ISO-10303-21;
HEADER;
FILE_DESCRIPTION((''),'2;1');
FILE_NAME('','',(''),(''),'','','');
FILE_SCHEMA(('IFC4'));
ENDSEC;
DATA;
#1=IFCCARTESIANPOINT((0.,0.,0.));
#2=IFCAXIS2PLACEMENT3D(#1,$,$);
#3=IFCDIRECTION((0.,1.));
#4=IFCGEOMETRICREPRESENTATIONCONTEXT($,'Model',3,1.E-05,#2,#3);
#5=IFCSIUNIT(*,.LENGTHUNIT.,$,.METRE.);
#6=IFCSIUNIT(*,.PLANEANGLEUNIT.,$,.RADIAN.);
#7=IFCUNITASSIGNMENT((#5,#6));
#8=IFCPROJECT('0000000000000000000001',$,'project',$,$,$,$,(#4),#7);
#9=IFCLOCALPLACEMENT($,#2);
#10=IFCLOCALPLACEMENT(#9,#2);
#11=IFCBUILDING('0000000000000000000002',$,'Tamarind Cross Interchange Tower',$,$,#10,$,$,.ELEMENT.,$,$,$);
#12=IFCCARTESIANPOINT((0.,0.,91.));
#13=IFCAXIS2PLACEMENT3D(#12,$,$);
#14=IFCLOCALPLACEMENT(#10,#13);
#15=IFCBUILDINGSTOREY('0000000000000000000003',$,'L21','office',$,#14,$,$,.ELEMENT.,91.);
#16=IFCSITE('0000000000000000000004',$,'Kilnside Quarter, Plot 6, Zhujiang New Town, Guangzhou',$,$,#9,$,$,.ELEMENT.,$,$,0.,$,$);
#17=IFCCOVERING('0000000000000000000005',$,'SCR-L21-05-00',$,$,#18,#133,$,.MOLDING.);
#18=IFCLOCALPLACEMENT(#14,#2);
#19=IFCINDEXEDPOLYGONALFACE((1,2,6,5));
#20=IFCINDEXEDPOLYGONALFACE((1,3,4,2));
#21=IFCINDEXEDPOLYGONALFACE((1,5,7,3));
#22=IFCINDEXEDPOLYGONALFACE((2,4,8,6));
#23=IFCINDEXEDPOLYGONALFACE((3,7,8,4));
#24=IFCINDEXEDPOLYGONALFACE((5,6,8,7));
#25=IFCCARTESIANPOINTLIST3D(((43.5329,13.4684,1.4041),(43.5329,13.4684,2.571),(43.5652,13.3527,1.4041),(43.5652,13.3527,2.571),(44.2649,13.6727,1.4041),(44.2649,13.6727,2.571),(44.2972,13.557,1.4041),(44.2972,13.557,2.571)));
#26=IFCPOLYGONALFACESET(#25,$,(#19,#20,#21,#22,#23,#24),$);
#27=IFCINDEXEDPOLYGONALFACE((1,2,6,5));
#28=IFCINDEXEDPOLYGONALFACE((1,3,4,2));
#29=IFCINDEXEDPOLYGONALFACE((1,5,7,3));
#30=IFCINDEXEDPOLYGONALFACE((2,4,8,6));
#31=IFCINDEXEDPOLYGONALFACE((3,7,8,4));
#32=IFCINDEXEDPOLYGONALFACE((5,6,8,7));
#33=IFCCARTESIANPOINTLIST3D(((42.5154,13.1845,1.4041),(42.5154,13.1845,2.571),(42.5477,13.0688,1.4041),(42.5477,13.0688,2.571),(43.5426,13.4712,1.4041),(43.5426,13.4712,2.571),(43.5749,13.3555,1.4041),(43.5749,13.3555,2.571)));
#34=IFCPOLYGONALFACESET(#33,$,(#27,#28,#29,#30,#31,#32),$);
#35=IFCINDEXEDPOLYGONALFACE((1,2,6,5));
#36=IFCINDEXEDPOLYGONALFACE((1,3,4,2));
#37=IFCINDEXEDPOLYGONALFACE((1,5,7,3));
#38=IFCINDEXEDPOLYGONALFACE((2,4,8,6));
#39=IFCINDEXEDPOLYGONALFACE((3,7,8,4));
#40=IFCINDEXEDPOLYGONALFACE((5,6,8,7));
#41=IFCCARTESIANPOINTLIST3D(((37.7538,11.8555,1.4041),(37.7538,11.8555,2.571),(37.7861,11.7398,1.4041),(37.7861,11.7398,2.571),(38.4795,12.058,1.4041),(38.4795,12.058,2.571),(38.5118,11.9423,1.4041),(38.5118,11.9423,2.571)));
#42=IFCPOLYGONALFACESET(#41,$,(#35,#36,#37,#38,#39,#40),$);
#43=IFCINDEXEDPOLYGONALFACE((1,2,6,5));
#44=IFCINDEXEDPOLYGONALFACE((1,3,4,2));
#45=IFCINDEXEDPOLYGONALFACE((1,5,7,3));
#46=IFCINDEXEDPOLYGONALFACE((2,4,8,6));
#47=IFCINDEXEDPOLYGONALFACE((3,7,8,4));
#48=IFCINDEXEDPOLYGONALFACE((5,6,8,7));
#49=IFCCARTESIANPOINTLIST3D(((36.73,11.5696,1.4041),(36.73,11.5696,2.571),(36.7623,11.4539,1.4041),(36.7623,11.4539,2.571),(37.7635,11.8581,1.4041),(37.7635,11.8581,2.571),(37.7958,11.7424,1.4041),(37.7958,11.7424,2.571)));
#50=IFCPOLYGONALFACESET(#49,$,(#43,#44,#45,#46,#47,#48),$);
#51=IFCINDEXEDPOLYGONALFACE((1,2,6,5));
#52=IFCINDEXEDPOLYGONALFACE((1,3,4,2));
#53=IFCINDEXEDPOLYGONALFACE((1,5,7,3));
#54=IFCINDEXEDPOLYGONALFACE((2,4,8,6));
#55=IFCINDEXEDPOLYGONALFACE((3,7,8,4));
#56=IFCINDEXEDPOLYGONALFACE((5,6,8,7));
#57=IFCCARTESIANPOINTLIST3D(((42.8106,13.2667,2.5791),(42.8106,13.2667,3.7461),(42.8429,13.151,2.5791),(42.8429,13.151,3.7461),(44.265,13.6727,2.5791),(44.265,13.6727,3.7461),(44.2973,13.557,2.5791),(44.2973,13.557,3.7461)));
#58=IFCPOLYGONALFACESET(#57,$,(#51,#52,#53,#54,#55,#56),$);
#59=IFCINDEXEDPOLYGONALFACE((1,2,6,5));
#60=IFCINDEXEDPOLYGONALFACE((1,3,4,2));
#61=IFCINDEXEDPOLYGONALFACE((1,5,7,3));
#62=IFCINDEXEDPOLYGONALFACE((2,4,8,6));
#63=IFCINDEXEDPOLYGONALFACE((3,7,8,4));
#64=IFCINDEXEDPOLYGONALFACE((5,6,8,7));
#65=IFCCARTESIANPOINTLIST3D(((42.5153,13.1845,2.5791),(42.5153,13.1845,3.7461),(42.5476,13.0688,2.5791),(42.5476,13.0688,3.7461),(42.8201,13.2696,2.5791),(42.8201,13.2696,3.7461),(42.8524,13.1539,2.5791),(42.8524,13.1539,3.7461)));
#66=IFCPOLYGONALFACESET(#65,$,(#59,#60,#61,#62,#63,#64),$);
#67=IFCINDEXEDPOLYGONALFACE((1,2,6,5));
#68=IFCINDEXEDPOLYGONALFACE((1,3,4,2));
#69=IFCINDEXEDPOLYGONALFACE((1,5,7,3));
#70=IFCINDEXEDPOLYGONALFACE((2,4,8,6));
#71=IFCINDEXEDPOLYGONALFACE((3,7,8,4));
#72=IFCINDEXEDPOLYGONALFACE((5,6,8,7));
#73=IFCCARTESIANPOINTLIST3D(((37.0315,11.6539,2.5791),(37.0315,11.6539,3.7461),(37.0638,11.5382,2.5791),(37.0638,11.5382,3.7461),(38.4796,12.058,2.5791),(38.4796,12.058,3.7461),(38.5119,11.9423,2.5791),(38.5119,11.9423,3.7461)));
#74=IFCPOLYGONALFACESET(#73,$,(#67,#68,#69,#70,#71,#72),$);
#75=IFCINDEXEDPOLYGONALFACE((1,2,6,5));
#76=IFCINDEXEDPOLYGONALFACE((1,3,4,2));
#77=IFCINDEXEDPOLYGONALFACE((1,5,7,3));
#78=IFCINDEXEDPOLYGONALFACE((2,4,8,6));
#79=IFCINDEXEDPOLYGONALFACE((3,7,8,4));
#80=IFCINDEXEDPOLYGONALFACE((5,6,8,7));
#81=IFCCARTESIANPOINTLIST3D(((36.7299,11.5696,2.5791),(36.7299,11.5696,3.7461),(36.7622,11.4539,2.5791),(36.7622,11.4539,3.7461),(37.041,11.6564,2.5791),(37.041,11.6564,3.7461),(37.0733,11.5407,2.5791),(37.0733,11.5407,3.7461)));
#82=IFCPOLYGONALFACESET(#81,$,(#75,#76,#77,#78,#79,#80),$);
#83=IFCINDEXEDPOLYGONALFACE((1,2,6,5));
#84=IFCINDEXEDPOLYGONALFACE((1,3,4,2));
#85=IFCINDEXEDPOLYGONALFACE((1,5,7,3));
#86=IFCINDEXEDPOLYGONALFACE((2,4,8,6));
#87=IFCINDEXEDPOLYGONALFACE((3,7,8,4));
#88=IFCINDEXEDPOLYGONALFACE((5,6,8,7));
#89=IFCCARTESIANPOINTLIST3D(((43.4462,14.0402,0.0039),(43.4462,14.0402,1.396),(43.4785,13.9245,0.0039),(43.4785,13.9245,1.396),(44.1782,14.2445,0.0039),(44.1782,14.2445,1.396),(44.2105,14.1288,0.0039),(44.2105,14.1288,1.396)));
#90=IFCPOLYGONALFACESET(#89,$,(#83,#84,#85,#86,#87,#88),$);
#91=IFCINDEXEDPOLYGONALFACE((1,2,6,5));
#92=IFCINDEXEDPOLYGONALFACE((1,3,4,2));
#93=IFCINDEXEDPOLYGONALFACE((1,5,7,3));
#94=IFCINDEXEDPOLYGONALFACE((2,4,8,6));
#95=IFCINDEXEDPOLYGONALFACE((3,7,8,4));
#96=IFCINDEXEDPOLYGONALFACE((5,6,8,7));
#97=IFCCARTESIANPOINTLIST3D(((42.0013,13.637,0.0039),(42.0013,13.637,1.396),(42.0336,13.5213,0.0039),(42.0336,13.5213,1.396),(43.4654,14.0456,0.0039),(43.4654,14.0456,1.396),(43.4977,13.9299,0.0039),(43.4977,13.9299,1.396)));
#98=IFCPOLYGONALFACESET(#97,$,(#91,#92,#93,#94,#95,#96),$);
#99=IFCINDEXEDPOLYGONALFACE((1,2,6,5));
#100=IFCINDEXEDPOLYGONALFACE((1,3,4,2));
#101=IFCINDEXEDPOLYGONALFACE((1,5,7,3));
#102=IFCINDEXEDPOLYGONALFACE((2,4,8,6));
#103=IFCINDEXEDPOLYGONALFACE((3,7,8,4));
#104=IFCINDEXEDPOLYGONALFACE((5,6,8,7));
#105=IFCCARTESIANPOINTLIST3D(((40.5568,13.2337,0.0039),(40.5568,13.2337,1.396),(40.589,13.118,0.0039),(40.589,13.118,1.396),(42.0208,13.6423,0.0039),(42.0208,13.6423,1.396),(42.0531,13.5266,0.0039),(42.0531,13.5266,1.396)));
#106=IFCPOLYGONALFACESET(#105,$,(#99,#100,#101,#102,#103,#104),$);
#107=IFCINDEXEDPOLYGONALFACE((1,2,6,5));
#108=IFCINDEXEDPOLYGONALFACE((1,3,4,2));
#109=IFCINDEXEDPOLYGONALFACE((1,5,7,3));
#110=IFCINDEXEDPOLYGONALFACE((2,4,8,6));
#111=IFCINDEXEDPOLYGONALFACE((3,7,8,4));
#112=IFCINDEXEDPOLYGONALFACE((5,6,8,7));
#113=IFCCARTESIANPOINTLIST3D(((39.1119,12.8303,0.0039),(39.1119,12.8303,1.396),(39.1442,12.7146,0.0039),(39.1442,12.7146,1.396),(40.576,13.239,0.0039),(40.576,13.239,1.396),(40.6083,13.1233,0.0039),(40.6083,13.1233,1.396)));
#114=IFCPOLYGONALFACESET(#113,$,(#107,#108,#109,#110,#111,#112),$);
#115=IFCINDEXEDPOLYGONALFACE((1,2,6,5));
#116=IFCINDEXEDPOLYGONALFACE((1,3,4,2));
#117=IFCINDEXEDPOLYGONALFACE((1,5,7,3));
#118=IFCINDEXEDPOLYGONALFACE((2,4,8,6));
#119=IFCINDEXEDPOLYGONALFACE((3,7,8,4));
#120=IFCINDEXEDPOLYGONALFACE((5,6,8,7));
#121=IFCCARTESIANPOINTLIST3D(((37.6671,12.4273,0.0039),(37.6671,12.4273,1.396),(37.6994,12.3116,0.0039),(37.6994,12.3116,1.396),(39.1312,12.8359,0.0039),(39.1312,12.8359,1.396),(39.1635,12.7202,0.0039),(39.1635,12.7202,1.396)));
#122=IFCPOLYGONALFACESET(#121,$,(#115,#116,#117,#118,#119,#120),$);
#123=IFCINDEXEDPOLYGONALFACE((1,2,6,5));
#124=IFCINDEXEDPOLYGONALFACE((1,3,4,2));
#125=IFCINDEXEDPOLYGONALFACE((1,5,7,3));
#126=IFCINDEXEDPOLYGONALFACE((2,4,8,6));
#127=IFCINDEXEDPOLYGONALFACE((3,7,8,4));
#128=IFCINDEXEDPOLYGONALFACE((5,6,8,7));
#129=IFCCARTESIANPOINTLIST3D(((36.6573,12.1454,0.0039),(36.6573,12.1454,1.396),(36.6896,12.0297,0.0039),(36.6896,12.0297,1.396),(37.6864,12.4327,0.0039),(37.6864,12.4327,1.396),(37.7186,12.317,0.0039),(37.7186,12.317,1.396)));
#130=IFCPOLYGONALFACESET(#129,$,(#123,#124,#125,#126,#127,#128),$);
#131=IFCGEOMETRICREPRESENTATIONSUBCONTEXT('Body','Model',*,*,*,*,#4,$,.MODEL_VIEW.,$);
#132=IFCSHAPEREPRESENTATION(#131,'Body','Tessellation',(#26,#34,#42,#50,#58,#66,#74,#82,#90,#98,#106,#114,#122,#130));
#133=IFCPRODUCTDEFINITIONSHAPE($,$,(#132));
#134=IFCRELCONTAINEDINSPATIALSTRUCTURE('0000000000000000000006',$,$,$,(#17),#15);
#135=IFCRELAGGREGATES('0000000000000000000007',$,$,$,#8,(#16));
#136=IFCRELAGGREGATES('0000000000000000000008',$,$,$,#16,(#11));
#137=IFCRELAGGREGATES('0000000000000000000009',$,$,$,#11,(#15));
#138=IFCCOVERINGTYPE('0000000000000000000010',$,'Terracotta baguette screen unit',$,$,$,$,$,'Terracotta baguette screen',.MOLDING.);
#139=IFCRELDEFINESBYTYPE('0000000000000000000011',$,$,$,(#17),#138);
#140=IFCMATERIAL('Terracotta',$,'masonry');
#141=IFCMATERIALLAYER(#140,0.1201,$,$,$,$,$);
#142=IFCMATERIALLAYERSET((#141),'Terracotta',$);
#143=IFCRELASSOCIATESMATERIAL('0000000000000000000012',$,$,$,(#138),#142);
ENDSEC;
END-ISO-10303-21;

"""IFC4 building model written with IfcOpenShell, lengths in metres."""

from ifc_helpers import new_model, si_unit, direction, frame, origin, origin_2d, place, context, subcontext, project, spatial, rectangle, extrude, material, layer, layer_set, type_object, element, save


model = new_model("IFC4")

# Units and contexts
model_context = context("Model", 3, precision=1e-05, world=origin(), true_north=direction((0.0, 1.0)))
body_context = subcontext(model_context, "Body", "Model", "MODEL_VIEW")
ifc_project = project(units=[si_unit("LENGTHUNIT", "METRE"), si_unit("PLANEANGLEUNIT", "RADIAN")], contexts=[model_context])

# Site, building, storey
site_placement = place(None, origin())
site = spatial("IfcSite", under=ifc_project, at=site_placement, Name="Kilnside Quarter, Plot 6, Zhujiang New Town, Guangzhou", CompositionType="ELEMENT", RefElevation=0.0)
building_placement = place(site_placement, origin())
building = spatial("IfcBuilding", under=site, at=building_placement, Name="Tamarind Cross Interchange Tower", CompositionType="ELEMENT")
storey_placement = place(building_placement, frame((0.0, 0.0, 91.0)))
storey = spatial("IfcBuildingStorey", under=building, at=storey_placement, Name="L21", Description="office", CompositionType="ELEMENT", Elevation=91.0)

# Covering
ifc_material_1 = material(Name="Terracotta", Category="masonry")
ifc_layer_1 = layer(ifc_material_1, 0.1201)
ifc_layer_set_1 = layer_set([ifc_layer_1], Name="Terracotta")
covering_type = type_object("IfcCoveringType", Name="Terracotta baguette screen unit", ElementType="Terracotta baguette screen", PredefinedType="MOLDING", material=ifc_layer_set_1)
covering_1_placement = place(storey_placement, origin())
element("IfcCovering", 1, at=covering_1_placement, inside=storey, type_object=covering_type, Name="SCR-L21-05-00", PredefinedType="MOLDING", context=body_context, shape_type="SweptSolid", body=[
    extrude(rectangle(XDim=0.76, YDim=0.1201, at=origin_2d()), frame((43.915, 13.5127, 1.4041), z_axis=(0.0, 0.0, 1.0), x_axis=(-0.963187, -0.268831, 0.0)), (0.0, 0.0, 1.0), 1.167),
    extrude(rectangle(XDim=1.0664, YDim=0.1201, at=origin_2d()), frame((43.0452, 13.27, 1.4041), z_axis=(0.0, 0.0, 1.0), x_axis=(-0.963187, -0.268831, 0.0)), (0.0, 0.0, 1.0), 1.167),
    extrude(rectangle(XDim=0.7534, YDim=0.1201, at=origin_2d()), frame((38.1328, 11.8989, 1.4041), z_axis=(0.0, 0.0, 1.0), x_axis=(-0.963187, -0.268831, 0.0)), (0.0, 0.0, 1.0), 1.167),
    extrude(rectangle(XDim=1.073, YDim=0.1201, at=origin_2d()), frame((37.2629, 11.656, 1.4041), z_axis=(0.0, 0.0, 1.0), x_axis=(-0.963187, -0.268831, 0.0)), (0.0, 0.0, 1.0), 1.167),
    extrude(rectangle(XDim=1.51, YDim=0.1201, at=origin_2d()), frame((43.554, 13.4119, 2.5791), z_axis=(0.0, 0.0, 1.0), x_axis=(-0.963187, -0.268831, 0.0)), (0.0, 0.0, 1.0), 1.167),
    extrude(rectangle(XDim=0.3164, YDim=0.1201, at=origin_2d()), frame((42.6838, 13.1692, 2.5791), z_axis=(0.0, 0.0, 1.0), x_axis=(-0.963187, -0.268831, 0.0)), (0.0, 0.0, 1.0), 1.167),
    extrude(rectangle(XDim=1.5034, YDim=0.1201, at=origin_2d()), frame((37.7717, 11.7981, 2.5791), z_axis=(0.0, 0.0, 1.0), x_axis=(-0.963187, -0.268831, 0.0)), (0.0, 0.0, 1.0), 1.167),
    extrude(rectangle(XDim=0.323, YDim=0.1201, at=origin_2d()), frame((36.9016, 11.5552, 2.5791), z_axis=(0.0, 0.0, 1.0), x_axis=(-0.963187, -0.268831, 0.0)), (0.0, 0.0, 1.0), 1.167),
    extrude(rectangle(XDim=0.76, YDim=0.1201, at=origin_2d()), frame((43.8284, 14.0845, 0.0039), z_axis=(0.0, 0.0, 1.0), x_axis=(-0.963187, -0.268831, 0.0)), (0.0, 0.0, 1.0), 1.3921),
    extrude(rectangle(XDim=1.52, YDim=0.1201, at=origin_2d()), frame((42.7495, 13.7834, 0.0039), z_axis=(0.0, 0.0, 1.0), x_axis=(-0.963187, -0.268831, 0.0)), (0.0, 0.0, 1.0), 1.3921),
    extrude(rectangle(XDim=1.52, YDim=0.1201, at=origin_2d()), frame((41.3049, 13.3801, 0.0039), z_axis=(0.0, 0.0, 1.0), x_axis=(-0.963187, -0.268831, 0.0)), (0.0, 0.0, 1.0), 1.3921),
    extrude(rectangle(XDim=1.52, YDim=0.1201, at=origin_2d()), frame((39.8601, 12.9768, 0.0039), z_axis=(0.0, 0.0, 1.0), x_axis=(-0.963187, -0.268831, 0.0)), (0.0, 0.0, 1.0), 1.3921),
    extrude(rectangle(XDim=1.52, YDim=0.1201, at=origin_2d()), frame((38.4153, 12.5737, 0.0039), z_axis=(0.0, 0.0, 1.0), x_axis=(-0.963187, -0.268831, 0.0)), (0.0, 0.0, 1.0), 1.3921),
    extrude(rectangle(XDim=1.0684, YDim=0.1201, at=origin_2d()), frame((37.188, 12.2312, 0.0039), z_axis=(0.0, 0.0, 1.0), x_axis=(-0.963187, -0.268831, 0.0)), (0.0, 0.0, 1.0), 1.3921),
])

save(model, "model.ifc")
